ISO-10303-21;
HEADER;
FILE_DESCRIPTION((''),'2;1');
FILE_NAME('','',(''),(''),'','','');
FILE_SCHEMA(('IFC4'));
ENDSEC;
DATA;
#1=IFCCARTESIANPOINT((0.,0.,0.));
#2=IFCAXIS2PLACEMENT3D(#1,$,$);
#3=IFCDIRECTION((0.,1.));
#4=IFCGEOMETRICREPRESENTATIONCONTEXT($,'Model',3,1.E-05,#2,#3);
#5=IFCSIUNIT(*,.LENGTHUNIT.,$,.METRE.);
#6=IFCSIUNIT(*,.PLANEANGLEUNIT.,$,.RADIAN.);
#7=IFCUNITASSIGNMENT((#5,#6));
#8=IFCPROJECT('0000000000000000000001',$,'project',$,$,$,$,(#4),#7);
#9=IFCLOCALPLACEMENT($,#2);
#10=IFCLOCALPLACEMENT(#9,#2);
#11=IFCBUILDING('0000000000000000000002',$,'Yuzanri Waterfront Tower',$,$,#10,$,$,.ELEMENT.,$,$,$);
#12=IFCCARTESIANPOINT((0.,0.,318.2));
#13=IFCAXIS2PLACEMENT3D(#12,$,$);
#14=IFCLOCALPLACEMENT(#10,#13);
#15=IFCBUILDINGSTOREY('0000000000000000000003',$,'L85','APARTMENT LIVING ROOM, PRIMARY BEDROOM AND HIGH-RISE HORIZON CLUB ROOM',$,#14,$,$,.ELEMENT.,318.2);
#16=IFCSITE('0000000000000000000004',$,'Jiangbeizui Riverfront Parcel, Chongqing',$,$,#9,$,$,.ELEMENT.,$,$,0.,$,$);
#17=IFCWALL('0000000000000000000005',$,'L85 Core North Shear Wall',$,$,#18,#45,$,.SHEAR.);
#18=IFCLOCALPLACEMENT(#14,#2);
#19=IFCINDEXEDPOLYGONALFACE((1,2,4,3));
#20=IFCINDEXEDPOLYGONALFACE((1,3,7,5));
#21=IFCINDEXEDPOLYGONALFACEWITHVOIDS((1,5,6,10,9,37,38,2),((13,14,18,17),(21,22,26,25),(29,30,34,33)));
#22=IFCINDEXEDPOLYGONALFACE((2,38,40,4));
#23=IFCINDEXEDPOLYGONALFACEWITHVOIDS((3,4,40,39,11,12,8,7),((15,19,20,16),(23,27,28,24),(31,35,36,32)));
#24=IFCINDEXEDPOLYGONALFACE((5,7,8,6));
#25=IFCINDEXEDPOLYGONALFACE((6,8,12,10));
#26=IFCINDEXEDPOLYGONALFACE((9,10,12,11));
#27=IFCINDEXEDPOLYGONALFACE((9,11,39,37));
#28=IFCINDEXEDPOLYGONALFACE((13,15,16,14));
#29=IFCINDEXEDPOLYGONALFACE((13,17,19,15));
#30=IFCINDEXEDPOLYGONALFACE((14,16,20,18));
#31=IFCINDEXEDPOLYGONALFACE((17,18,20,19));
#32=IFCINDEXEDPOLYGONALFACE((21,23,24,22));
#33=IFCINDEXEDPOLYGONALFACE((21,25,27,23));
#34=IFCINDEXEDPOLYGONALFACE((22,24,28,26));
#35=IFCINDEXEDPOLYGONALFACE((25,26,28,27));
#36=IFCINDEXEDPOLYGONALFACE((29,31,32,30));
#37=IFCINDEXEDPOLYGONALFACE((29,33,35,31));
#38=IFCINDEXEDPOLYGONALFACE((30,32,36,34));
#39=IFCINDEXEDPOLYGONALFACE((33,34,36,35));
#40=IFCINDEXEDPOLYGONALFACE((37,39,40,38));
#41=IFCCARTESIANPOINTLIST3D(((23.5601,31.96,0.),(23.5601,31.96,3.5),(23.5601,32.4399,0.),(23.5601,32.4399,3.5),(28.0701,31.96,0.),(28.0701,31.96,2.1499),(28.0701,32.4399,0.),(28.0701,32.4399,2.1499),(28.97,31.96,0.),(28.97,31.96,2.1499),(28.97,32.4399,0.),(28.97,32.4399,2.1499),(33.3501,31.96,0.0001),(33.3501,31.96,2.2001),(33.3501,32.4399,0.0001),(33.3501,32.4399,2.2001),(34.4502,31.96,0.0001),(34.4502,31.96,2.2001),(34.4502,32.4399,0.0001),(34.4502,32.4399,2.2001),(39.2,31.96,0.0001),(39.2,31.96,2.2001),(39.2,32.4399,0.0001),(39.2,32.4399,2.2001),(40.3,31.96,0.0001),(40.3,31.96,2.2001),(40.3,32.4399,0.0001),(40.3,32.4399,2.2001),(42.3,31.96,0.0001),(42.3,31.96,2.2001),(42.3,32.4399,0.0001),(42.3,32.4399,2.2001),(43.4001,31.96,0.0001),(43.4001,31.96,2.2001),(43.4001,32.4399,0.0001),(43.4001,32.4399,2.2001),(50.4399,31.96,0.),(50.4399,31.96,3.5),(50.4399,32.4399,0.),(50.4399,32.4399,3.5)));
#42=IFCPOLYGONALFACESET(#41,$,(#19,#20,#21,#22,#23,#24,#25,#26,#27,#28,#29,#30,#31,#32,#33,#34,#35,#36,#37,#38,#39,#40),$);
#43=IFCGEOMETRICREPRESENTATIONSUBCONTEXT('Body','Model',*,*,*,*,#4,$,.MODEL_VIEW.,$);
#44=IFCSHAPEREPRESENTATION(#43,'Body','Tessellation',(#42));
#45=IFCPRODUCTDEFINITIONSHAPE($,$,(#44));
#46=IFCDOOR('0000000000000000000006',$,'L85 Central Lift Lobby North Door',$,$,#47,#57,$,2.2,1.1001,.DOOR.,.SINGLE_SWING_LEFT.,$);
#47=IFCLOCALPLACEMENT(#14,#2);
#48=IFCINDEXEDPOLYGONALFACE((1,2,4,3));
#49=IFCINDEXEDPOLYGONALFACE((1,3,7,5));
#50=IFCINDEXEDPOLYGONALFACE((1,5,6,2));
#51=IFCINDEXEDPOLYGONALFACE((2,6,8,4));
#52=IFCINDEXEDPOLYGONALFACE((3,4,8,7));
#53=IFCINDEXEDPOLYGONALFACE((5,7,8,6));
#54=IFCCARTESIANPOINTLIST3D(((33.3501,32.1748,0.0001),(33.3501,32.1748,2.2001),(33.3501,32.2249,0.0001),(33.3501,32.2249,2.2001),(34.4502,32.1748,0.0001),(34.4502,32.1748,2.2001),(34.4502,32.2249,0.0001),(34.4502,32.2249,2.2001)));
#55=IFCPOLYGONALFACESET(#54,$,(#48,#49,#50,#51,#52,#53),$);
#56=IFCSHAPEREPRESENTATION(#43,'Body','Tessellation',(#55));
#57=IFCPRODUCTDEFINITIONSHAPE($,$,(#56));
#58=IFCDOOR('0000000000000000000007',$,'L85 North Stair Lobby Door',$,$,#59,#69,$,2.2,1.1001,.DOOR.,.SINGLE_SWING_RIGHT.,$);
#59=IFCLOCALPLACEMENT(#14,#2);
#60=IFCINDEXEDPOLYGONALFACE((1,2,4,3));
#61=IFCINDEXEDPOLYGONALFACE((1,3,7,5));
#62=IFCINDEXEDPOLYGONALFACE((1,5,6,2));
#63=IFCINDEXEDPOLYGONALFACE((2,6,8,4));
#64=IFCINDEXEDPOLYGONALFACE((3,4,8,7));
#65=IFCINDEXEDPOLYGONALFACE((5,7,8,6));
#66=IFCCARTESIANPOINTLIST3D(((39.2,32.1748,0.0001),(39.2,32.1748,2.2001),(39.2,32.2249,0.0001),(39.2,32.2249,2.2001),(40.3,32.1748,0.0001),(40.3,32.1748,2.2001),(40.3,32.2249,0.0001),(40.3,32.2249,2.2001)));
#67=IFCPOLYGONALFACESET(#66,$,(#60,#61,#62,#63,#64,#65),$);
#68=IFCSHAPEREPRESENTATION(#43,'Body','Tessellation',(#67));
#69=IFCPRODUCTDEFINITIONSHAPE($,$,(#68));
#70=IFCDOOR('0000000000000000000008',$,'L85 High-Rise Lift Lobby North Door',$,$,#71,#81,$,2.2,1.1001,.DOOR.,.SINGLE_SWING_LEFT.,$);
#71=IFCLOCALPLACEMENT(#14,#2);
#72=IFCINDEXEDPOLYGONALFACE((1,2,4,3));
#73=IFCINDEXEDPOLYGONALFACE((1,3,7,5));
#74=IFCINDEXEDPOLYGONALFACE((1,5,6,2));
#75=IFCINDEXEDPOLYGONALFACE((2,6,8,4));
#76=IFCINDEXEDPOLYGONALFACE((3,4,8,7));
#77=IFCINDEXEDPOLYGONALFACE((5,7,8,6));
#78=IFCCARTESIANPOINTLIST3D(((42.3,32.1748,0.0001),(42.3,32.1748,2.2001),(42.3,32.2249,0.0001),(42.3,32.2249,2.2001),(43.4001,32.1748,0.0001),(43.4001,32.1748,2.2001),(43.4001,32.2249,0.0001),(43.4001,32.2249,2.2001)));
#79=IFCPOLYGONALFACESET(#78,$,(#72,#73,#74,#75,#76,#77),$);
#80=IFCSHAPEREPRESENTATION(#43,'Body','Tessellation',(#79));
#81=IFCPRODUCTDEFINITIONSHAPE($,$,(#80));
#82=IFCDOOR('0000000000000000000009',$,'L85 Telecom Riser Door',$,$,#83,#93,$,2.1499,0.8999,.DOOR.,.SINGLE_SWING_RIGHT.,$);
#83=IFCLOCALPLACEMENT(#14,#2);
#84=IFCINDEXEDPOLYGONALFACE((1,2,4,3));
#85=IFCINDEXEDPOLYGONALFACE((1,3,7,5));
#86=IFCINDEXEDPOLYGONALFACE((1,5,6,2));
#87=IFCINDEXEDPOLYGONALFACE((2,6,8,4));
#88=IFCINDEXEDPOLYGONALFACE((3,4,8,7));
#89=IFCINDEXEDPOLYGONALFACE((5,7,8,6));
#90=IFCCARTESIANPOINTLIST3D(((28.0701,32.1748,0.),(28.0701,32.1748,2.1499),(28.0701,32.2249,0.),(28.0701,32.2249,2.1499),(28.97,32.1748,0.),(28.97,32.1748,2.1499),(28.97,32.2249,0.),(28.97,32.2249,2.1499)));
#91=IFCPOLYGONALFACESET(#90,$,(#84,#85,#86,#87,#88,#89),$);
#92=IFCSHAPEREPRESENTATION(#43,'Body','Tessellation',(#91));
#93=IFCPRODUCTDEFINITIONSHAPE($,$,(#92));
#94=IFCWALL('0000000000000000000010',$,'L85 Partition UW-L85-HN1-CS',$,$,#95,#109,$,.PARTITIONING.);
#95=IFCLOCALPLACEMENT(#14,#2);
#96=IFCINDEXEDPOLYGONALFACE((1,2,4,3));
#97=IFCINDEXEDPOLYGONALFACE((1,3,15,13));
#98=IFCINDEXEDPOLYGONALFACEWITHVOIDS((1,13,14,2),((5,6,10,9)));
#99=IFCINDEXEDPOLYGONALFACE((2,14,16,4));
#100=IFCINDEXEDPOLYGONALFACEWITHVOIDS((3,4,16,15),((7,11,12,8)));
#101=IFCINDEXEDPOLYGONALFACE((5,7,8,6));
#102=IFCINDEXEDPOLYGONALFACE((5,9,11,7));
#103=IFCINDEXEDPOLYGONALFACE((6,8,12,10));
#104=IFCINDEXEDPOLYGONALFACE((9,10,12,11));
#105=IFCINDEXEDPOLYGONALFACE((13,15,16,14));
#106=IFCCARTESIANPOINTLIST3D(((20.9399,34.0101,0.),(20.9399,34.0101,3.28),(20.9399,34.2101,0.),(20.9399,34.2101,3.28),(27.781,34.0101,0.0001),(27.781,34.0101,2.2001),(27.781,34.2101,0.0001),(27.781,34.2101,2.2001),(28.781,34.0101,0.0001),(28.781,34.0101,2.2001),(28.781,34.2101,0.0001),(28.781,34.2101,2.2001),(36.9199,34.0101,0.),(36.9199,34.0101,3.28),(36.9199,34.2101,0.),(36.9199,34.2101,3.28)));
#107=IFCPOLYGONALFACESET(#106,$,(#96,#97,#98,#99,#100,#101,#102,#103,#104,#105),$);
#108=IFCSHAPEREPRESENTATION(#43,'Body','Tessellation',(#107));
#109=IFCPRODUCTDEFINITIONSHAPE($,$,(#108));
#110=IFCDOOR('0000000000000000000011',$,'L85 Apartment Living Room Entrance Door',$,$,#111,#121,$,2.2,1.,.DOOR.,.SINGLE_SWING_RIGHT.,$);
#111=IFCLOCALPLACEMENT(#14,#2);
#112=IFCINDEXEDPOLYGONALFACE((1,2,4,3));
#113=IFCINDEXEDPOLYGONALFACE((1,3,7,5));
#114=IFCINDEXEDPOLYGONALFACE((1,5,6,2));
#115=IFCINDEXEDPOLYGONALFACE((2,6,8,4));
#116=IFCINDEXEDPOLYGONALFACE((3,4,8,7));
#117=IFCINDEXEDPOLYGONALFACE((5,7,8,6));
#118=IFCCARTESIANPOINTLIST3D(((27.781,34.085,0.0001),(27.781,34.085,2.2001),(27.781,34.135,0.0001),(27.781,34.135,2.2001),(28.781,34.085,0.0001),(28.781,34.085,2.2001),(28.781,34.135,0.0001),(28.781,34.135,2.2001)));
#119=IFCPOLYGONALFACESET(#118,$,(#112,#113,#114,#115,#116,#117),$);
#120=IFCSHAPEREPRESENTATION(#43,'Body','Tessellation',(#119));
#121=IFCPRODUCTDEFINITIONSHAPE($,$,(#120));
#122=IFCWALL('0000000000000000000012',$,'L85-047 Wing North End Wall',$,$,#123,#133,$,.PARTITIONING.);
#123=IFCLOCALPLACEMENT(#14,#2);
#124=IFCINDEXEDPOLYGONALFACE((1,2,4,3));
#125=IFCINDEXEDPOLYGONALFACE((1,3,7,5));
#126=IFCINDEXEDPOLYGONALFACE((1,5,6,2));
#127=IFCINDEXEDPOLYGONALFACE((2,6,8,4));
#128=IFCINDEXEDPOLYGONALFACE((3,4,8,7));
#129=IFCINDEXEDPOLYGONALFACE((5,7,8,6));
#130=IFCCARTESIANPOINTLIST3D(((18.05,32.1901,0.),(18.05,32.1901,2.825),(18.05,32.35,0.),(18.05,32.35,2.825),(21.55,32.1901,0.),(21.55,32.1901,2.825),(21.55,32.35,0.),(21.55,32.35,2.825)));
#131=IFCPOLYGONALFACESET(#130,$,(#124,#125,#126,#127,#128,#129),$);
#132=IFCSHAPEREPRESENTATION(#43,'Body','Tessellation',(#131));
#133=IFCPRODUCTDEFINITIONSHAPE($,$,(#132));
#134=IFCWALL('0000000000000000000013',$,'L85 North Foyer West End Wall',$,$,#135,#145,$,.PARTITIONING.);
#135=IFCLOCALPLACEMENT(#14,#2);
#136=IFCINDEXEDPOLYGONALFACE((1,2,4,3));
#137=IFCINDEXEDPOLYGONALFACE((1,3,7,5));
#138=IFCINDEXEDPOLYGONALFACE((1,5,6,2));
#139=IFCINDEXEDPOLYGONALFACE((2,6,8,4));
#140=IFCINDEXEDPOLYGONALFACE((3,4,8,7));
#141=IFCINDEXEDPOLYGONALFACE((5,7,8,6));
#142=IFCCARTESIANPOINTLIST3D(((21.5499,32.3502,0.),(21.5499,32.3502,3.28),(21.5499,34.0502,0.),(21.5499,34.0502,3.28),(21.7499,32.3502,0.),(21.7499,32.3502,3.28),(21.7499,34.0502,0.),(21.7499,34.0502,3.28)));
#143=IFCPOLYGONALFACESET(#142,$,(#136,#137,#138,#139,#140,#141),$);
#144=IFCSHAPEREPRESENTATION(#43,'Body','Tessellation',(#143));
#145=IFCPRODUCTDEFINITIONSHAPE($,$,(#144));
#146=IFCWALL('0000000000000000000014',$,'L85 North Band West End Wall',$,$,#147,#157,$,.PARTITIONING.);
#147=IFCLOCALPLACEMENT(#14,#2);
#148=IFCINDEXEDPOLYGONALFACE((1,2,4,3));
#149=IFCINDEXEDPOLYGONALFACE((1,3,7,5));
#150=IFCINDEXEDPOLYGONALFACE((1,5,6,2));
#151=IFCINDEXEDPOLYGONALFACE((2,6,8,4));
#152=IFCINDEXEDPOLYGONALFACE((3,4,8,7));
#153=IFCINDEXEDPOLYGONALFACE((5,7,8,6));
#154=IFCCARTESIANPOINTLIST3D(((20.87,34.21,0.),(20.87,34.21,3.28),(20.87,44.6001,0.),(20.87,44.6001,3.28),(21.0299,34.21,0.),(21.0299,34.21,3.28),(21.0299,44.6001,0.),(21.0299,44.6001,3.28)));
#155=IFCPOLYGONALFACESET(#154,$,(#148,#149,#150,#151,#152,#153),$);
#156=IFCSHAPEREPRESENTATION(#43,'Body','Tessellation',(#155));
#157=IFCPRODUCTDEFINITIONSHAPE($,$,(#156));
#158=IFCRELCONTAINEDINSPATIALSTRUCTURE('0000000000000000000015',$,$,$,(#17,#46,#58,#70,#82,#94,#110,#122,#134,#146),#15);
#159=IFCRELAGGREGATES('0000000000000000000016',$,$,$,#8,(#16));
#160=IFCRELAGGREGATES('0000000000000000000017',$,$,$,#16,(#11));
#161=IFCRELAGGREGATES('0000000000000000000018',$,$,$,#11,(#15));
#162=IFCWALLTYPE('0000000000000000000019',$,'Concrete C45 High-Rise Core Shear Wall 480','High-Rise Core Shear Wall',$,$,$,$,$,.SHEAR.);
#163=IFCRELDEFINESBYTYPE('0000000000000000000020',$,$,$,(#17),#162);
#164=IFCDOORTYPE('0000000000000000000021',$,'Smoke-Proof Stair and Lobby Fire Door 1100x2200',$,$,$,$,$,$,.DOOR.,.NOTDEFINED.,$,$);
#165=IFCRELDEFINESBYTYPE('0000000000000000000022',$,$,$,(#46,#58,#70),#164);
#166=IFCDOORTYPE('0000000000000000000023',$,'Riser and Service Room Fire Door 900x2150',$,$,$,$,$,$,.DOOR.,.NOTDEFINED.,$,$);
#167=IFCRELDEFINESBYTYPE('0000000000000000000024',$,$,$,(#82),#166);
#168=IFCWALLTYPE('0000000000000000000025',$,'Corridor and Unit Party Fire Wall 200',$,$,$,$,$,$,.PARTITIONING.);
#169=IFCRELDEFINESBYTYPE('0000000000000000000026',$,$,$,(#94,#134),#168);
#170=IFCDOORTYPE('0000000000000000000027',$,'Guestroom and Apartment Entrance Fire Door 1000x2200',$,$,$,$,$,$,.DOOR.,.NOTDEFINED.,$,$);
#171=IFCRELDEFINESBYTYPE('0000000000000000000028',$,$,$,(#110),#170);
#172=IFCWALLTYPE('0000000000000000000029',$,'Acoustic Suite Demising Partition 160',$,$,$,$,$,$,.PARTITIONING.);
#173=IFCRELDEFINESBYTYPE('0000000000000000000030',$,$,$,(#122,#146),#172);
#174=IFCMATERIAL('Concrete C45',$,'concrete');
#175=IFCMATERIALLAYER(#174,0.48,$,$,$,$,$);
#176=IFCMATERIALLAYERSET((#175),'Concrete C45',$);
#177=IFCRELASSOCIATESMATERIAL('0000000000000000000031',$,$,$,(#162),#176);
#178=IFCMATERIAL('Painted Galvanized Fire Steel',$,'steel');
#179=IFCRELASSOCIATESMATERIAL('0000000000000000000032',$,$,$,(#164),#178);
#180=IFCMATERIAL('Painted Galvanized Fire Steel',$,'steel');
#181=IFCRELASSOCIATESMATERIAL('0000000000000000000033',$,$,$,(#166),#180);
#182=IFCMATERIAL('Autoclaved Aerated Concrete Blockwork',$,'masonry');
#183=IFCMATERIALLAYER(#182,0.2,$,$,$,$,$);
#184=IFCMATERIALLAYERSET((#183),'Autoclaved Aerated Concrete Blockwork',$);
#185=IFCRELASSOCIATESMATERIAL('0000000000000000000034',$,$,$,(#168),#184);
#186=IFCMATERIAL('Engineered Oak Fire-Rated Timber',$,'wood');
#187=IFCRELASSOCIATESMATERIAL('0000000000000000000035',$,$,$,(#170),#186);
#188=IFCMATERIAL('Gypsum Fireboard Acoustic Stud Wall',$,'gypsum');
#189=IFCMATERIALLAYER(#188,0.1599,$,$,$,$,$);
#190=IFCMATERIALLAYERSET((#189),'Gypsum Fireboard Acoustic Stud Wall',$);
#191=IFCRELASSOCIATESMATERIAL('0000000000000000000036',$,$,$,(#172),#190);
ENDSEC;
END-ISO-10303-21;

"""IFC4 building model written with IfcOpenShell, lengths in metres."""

from ifc_helpers import new_model, si_unit, direction, frame, frame_2d, origin, place, context, subcontext, project, spatial, rectangle, extrude, source, transform, mapped, material, layer, layer_set, type_object, element, fill, save


model = new_model("IFC4")

# Units and contexts
model_context = context("Model", 3, precision=1e-05, world=origin(), true_north=direction((0.0, 1.0)))
body_context = subcontext(model_context, "Body", "Model", "MODEL_VIEW")
ifc_project = project(units=[si_unit("LENGTHUNIT", "METRE"), si_unit("PLANEANGLEUNIT", "RADIAN")], contexts=[model_context])

# Site, building, storey
site_placement = place(None, origin())
site = spatial("IfcSite", under=ifc_project, at=site_placement, Name="Jiangbeizui Riverfront Parcel, Chongqing", CompositionType="ELEMENT", RefElevation=0.0)
building_placement = place(site_placement, origin())
building = spatial("IfcBuilding", under=site, at=building_placement, Name="Yuzanri Waterfront Tower", CompositionType="ELEMENT")
storey_placement = place(building_placement, frame((0.0, 0.0, 318.2)))
storey = spatial("IfcBuildingStorey", under=building, at=storey_placement, Name="L85", Description="APARTMENT LIVING ROOM, PRIMARY BEDROOM AND HIGH-RISE HORIZON CLUB ROOM", CompositionType="ELEMENT", Elevation=318.2)

# Wall, openings, doors
ifc_material_1 = material(Name="Concrete C45", Category="concrete")
ifc_layer_1 = layer(ifc_material_1, 0.48)
ifc_layer_set_1 = layer_set([ifc_layer_1], Name="Concrete C45")
wall_type_1 = type_object("IfcWallType", Name="Concrete C45 High-Rise Core Shear Wall 480", Description="High-Rise Core Shear Wall", PredefinedType="SHEAR", material=ifc_layer_set_1)
wall_1_placement = place(storey_placement, frame((23.5601, 32.2, 0.0), z_axis=(0.0, 0.0, 1.0), x_axis=(1.0, 0.0, 0.0)))
wall_1 = element("IfcWall", 1, at=wall_1_placement, inside=storey, type_object=wall_type_1, Name="L85 Core North Shear Wall", PredefinedType="SHEAR", context=body_context, shape_type="SweptSolid", body=[
    extrude(rectangle(XDim=26.8799, YDim=0.48, at=frame_2d((13.4399, 0.0))), origin(), (0.0, 0.0, 1.0), 3.5),
])
opening_1_placement = place(wall_1_placement, frame((4.51, 0.0, 0.0)))
opening_1 = element("IfcOpeningElement", 2, at=opening_1_placement, cuts=wall_1, PredefinedType="OPENING", context=body_context, shape_type="SweptSolid", body=[
    extrude(rectangle(XDim=0.8999, YDim=2.1499, at=frame_2d((0.45, 1.075))), frame((0.0, 0.2549, 0.0), z_axis=(0.0, -1.0, 0.0), x_axis=(1.0, 0.0, 0.0)), (0.0, 0.0, 1.0), 0.5098),
])
opening_2_placement = place(wall_1_placement, frame((9.79, 0.0, 0.0)))
opening_2 = element("IfcOpeningElement", 3, at=opening_2_placement, cuts=wall_1, PredefinedType="OPENING", context=body_context, shape_type="SweptSolid", body=[
    extrude(rectangle(XDim=1.1001, YDim=2.2, at=frame_2d((0.55, 1.1001))), frame((0.0, 0.2549, 0.0), z_axis=(0.0, -1.0, 0.0), x_axis=(1.0, 0.0, 0.0)), (0.0, 0.0, 1.0), 0.5098),
])
opening_3_placement = place(wall_1_placement, frame((15.6399, 0.0, 0.0)))
opening_3 = element("IfcOpeningElement", 4, at=opening_3_placement, cuts=wall_1, PredefinedType="OPENING", context=body_context, shape_type="SweptSolid", body=[
    extrude(rectangle(XDim=1.1001, YDim=2.2, at=frame_2d((0.55, 1.1001))), frame((0.0, 0.2549, 0.0), z_axis=(0.0, -1.0, 0.0), x_axis=(1.0, 0.0, 0.0)), (0.0, 0.0, 1.0), 0.5098),
])
opening_4_placement = place(wall_1_placement, frame((18.74, 0.0, 0.0)))
opening_4 = element("IfcOpeningElement", 5, at=opening_4_placement, cuts=wall_1, PredefinedType="OPENING", context=body_context, shape_type="SweptSolid", body=[
    extrude(rectangle(XDim=1.1001, YDim=2.2, at=frame_2d((0.55, 1.1001))), frame((0.0, 0.2549, 0.0), z_axis=(0.0, -1.0, 0.0), x_axis=(1.0, 0.0, 0.0)), (0.0, 0.0, 1.0), 0.5098),
])
ifc_material_2 = material(Name="Painted Galvanized Fire Steel", Category="steel")
door_type_1 = type_object("IfcDoorType", Name="Smoke-Proof Stair and Lobby Fire Door 1100x2200", OperationType="NOTDEFINED", PredefinedType="DOOR", material=ifc_material_2)
shared_shape_1 = source(origin(), body_context, "Body", "SweptSolid", [
    extrude(rectangle(XDim=1.1001, YDim=2.2, at=frame_2d((0.55, 1.1001))), frame((0.0, 0.0249, 0.0), z_axis=(0.0, -1.0, 0.0), x_axis=(1.0, 0.0, 0.0)), (0.0, 0.0, 1.0), 0.05),
])
door_1_placement = place(opening_2_placement, origin())
door_1 = element("IfcDoor", 6, at=door_1_placement, inside=storey, type_object=door_type_1, Name="L85 Central Lift Lobby North Door", OperationType="SINGLE_SWING_LEFT", OverallHeight=2.2, OverallWidth=1.1001, PredefinedType="DOOR", context=body_context, shape_type="MappedRepresentation", body=[
    mapped(shared_shape_1, transform((0.0, 0.0, 0.0), scale=1.0)),
])
fill(opening_2, door_1)
door_2_placement = place(opening_3_placement, origin())
door_2 = element("IfcDoor", 7, at=door_2_placement, inside=storey, type_object=door_type_1, Name="L85 North Stair Lobby Door", OperationType="SINGLE_SWING_RIGHT", OverallHeight=2.2, OverallWidth=1.1001, PredefinedType="DOOR", context=body_context, shape_type="MappedRepresentation", body=[
    mapped(shared_shape_1, transform((0.0, 0.0, 0.0), scale=1.0)),
])
fill(opening_3, door_2)
door_3_placement = place(opening_4_placement, origin())
door_3 = element("IfcDoor", 8, at=door_3_placement, inside=storey, type_object=door_type_1, Name="L85 High-Rise Lift Lobby North Door", OperationType="SINGLE_SWING_LEFT", OverallHeight=2.2, OverallWidth=1.1001, PredefinedType="DOOR", context=body_context, shape_type="MappedRepresentation", body=[
    mapped(shared_shape_1, transform((0.0, 0.0, 0.0), scale=1.0)),
])
fill(opening_4, door_3)
ifc_material_3 = material(Name="Painted Galvanized Fire Steel", Category="steel")
door_type_2 = type_object("IfcDoorType", Name="Riser and Service Room Fire Door 900x2150", OperationType="NOTDEFINED", PredefinedType="DOOR", material=ifc_material_3)
shared_shape_2 = source(origin(), body_context, "Body", "SweptSolid", [
    extrude(rectangle(XDim=0.8999, YDim=2.1499, at=frame_2d((0.45, 1.075))), frame((0.0, 0.0249, 0.0), z_axis=(0.0, -1.0, 0.0), x_axis=(1.0, 0.0, 0.0)), (0.0, 0.0, 1.0), 0.05),
])
door_4_placement = place(opening_1_placement, origin())
door_4 = element("IfcDoor", 9, at=door_4_placement, inside=storey, type_object=door_type_2, Name="L85 Telecom Riser Door", OperationType="SINGLE_SWING_RIGHT", OverallHeight=2.1499, OverallWidth=0.8999, PredefinedType="DOOR", context=body_context, shape_type="MappedRepresentation", body=[
    mapped(shared_shape_2, transform((0.0, 0.0, 0.0), scale=1.0)),
])
fill(opening_1, door_4)

# Wall, opening, door
ifc_material_4 = material(Name="Autoclaved Aerated Concrete Blockwork", Category="masonry")
ifc_layer_2 = layer(ifc_material_4, 0.2)
ifc_layer_set_2 = layer_set([ifc_layer_2], Name="Autoclaved Aerated Concrete Blockwork")
wall_type_2 = type_object("IfcWallType", Name="Corridor and Unit Party Fire Wall 200", PredefinedType="PARTITIONING", material=ifc_layer_set_2)
wall_2_placement = place(storey_placement, frame((20.9399, 34.1101, 0.0), z_axis=(0.0, 0.0, 1.0), x_axis=(1.0, 0.0, 0.0)))
wall_2 = element("IfcWall", 10, at=wall_2_placement, inside=storey, type_object=wall_type_2, Name="L85 Partition UW-L85-HN1-CS", PredefinedType="PARTITIONING", context=body_context, shape_type="SweptSolid", body=[
    extrude(rectangle(XDim=15.98, YDim=0.2, at=frame_2d((7.99, 0.0))), origin(), (0.0, 0.0, 1.0), 3.28),
])
opening_5_placement = place(wall_2_placement, frame((6.8411, 0.0, 0.0)))
opening_5 = element("IfcOpeningElement", 11, at=opening_5_placement, cuts=wall_2, PredefinedType="OPENING", context=body_context, shape_type="SweptSolid", body=[
    extrude(rectangle(XDim=1.0, YDim=2.2, at=frame_2d((0.5, 1.1001))), frame((0.0, 0.1147, 0.0), z_axis=(0.0, -1.0, 0.0), x_axis=(1.0, 0.0, 0.0)), (0.0, 0.0, 1.0), 0.2297),
])
ifc_material_5 = material(Name="Engineered Oak Fire-Rated Timber", Category="wood")
door_type_3 = type_object("IfcDoorType", Name="Guestroom and Apartment Entrance Fire Door 1000x2200", OperationType="NOTDEFINED", PredefinedType="DOOR", material=ifc_material_5)
shared_shape_3 = source(origin(), body_context, "Body", "SweptSolid", [
    extrude(rectangle(XDim=1.0, YDim=2.2, at=frame_2d((0.5, 1.1001))), frame((0.0, 0.0249, 0.0), z_axis=(0.0, -1.0, 0.0), x_axis=(1.0, 0.0, 0.0)), (0.0, 0.0, 1.0), 0.05),
])
door_5_placement = place(opening_5_placement, origin())
door_5 = element("IfcDoor", 12, at=door_5_placement, inside=storey, type_object=door_type_3, Name="L85 Apartment Living Room Entrance Door", OperationType="SINGLE_SWING_RIGHT", OverallHeight=2.2, OverallWidth=1.0, PredefinedType="DOOR", context=body_context, shape_type="MappedRepresentation", body=[
    mapped(shared_shape_3, transform((0.0, 0.0, 0.0), scale=1.0)),
])
fill(opening_5, door_5)

# Walls
ifc_material_6 = material(Name="Gypsum Fireboard Acoustic Stud Wall", Category="gypsum")
ifc_layer_3 = layer(ifc_material_6, 0.1599)
ifc_layer_set_3 = layer_set([ifc_layer_3], Name="Gypsum Fireboard Acoustic Stud Wall")
wall_type_3 = type_object("IfcWallType", Name="Acoustic Suite Demising Partition 160", PredefinedType="PARTITIONING", material=ifc_layer_set_3)
shared_shape_4 = source(origin(), body_context, "Body", "SweptSolid", [
    extrude(rectangle(XDim=3.5, YDim=0.1599, at=frame_2d((1.75, 0.0))), origin(), (0.0, 0.0, 1.0), 2.825),
])
wall_3_placement = place(storey_placement, frame((18.05, 32.27, 0.0), z_axis=(0.0, 0.0, 1.0), x_axis=(1.0, 0.0, 0.0)))
element("IfcWall", 13, at=wall_3_placement, inside=storey, type_object=wall_type_3, Name="L85-047 Wing North End Wall", PredefinedType="PARTITIONING", context=body_context, shape_type="MappedRepresentation", body=[
    mapped(shared_shape_4, transform((0.0, 0.0, 0.0), scale=1.0)),
])
shared_shape_5 = source(origin(), body_context, "Body", "SweptSolid", [
    extrude(rectangle(XDim=1.7, YDim=0.2, at=frame_2d((0.8501, 0.0))), origin(), (0.0, 0.0, 1.0), 3.28),
])
wall_4_placement = place(storey_placement, frame((21.6499, 32.3501, 0.0), z_axis=(0.0, 0.0, 1.0), x_axis=(0.0, 1.0, 0.0)))
element("IfcWall", 14, at=wall_4_placement, inside=storey, type_object=wall_type_2, Name="L85 North Foyer West End Wall", PredefinedType="PARTITIONING", context=body_context, shape_type="MappedRepresentation", body=[
    mapped(shared_shape_5, transform((0.0, 0.0, 0.0), scale=1.0)),
])
shared_shape_6 = source(origin(), body_context, "Body", "SweptSolid", [
    extrude(rectangle(XDim=10.3901, YDim=0.1599, at=frame_2d((5.1951, 0.0))), origin(), (0.0, 0.0, 1.0), 3.28),
])
wall_5_placement = place(storey_placement, frame((20.95, 34.21, 0.0), z_axis=(0.0, 0.0, 1.0), x_axis=(0.0, 1.0, 0.0)))
element("IfcWall", 15, at=wall_5_placement, inside=storey, type_object=wall_type_3, Name="L85 North Band West End Wall", PredefinedType="PARTITIONING", context=body_context, shape_type="MappedRepresentation", body=[
    mapped(shared_shape_6, transform((0.0, 0.0, 0.0), scale=1.0)),
])

save(model, "model.ifc")
